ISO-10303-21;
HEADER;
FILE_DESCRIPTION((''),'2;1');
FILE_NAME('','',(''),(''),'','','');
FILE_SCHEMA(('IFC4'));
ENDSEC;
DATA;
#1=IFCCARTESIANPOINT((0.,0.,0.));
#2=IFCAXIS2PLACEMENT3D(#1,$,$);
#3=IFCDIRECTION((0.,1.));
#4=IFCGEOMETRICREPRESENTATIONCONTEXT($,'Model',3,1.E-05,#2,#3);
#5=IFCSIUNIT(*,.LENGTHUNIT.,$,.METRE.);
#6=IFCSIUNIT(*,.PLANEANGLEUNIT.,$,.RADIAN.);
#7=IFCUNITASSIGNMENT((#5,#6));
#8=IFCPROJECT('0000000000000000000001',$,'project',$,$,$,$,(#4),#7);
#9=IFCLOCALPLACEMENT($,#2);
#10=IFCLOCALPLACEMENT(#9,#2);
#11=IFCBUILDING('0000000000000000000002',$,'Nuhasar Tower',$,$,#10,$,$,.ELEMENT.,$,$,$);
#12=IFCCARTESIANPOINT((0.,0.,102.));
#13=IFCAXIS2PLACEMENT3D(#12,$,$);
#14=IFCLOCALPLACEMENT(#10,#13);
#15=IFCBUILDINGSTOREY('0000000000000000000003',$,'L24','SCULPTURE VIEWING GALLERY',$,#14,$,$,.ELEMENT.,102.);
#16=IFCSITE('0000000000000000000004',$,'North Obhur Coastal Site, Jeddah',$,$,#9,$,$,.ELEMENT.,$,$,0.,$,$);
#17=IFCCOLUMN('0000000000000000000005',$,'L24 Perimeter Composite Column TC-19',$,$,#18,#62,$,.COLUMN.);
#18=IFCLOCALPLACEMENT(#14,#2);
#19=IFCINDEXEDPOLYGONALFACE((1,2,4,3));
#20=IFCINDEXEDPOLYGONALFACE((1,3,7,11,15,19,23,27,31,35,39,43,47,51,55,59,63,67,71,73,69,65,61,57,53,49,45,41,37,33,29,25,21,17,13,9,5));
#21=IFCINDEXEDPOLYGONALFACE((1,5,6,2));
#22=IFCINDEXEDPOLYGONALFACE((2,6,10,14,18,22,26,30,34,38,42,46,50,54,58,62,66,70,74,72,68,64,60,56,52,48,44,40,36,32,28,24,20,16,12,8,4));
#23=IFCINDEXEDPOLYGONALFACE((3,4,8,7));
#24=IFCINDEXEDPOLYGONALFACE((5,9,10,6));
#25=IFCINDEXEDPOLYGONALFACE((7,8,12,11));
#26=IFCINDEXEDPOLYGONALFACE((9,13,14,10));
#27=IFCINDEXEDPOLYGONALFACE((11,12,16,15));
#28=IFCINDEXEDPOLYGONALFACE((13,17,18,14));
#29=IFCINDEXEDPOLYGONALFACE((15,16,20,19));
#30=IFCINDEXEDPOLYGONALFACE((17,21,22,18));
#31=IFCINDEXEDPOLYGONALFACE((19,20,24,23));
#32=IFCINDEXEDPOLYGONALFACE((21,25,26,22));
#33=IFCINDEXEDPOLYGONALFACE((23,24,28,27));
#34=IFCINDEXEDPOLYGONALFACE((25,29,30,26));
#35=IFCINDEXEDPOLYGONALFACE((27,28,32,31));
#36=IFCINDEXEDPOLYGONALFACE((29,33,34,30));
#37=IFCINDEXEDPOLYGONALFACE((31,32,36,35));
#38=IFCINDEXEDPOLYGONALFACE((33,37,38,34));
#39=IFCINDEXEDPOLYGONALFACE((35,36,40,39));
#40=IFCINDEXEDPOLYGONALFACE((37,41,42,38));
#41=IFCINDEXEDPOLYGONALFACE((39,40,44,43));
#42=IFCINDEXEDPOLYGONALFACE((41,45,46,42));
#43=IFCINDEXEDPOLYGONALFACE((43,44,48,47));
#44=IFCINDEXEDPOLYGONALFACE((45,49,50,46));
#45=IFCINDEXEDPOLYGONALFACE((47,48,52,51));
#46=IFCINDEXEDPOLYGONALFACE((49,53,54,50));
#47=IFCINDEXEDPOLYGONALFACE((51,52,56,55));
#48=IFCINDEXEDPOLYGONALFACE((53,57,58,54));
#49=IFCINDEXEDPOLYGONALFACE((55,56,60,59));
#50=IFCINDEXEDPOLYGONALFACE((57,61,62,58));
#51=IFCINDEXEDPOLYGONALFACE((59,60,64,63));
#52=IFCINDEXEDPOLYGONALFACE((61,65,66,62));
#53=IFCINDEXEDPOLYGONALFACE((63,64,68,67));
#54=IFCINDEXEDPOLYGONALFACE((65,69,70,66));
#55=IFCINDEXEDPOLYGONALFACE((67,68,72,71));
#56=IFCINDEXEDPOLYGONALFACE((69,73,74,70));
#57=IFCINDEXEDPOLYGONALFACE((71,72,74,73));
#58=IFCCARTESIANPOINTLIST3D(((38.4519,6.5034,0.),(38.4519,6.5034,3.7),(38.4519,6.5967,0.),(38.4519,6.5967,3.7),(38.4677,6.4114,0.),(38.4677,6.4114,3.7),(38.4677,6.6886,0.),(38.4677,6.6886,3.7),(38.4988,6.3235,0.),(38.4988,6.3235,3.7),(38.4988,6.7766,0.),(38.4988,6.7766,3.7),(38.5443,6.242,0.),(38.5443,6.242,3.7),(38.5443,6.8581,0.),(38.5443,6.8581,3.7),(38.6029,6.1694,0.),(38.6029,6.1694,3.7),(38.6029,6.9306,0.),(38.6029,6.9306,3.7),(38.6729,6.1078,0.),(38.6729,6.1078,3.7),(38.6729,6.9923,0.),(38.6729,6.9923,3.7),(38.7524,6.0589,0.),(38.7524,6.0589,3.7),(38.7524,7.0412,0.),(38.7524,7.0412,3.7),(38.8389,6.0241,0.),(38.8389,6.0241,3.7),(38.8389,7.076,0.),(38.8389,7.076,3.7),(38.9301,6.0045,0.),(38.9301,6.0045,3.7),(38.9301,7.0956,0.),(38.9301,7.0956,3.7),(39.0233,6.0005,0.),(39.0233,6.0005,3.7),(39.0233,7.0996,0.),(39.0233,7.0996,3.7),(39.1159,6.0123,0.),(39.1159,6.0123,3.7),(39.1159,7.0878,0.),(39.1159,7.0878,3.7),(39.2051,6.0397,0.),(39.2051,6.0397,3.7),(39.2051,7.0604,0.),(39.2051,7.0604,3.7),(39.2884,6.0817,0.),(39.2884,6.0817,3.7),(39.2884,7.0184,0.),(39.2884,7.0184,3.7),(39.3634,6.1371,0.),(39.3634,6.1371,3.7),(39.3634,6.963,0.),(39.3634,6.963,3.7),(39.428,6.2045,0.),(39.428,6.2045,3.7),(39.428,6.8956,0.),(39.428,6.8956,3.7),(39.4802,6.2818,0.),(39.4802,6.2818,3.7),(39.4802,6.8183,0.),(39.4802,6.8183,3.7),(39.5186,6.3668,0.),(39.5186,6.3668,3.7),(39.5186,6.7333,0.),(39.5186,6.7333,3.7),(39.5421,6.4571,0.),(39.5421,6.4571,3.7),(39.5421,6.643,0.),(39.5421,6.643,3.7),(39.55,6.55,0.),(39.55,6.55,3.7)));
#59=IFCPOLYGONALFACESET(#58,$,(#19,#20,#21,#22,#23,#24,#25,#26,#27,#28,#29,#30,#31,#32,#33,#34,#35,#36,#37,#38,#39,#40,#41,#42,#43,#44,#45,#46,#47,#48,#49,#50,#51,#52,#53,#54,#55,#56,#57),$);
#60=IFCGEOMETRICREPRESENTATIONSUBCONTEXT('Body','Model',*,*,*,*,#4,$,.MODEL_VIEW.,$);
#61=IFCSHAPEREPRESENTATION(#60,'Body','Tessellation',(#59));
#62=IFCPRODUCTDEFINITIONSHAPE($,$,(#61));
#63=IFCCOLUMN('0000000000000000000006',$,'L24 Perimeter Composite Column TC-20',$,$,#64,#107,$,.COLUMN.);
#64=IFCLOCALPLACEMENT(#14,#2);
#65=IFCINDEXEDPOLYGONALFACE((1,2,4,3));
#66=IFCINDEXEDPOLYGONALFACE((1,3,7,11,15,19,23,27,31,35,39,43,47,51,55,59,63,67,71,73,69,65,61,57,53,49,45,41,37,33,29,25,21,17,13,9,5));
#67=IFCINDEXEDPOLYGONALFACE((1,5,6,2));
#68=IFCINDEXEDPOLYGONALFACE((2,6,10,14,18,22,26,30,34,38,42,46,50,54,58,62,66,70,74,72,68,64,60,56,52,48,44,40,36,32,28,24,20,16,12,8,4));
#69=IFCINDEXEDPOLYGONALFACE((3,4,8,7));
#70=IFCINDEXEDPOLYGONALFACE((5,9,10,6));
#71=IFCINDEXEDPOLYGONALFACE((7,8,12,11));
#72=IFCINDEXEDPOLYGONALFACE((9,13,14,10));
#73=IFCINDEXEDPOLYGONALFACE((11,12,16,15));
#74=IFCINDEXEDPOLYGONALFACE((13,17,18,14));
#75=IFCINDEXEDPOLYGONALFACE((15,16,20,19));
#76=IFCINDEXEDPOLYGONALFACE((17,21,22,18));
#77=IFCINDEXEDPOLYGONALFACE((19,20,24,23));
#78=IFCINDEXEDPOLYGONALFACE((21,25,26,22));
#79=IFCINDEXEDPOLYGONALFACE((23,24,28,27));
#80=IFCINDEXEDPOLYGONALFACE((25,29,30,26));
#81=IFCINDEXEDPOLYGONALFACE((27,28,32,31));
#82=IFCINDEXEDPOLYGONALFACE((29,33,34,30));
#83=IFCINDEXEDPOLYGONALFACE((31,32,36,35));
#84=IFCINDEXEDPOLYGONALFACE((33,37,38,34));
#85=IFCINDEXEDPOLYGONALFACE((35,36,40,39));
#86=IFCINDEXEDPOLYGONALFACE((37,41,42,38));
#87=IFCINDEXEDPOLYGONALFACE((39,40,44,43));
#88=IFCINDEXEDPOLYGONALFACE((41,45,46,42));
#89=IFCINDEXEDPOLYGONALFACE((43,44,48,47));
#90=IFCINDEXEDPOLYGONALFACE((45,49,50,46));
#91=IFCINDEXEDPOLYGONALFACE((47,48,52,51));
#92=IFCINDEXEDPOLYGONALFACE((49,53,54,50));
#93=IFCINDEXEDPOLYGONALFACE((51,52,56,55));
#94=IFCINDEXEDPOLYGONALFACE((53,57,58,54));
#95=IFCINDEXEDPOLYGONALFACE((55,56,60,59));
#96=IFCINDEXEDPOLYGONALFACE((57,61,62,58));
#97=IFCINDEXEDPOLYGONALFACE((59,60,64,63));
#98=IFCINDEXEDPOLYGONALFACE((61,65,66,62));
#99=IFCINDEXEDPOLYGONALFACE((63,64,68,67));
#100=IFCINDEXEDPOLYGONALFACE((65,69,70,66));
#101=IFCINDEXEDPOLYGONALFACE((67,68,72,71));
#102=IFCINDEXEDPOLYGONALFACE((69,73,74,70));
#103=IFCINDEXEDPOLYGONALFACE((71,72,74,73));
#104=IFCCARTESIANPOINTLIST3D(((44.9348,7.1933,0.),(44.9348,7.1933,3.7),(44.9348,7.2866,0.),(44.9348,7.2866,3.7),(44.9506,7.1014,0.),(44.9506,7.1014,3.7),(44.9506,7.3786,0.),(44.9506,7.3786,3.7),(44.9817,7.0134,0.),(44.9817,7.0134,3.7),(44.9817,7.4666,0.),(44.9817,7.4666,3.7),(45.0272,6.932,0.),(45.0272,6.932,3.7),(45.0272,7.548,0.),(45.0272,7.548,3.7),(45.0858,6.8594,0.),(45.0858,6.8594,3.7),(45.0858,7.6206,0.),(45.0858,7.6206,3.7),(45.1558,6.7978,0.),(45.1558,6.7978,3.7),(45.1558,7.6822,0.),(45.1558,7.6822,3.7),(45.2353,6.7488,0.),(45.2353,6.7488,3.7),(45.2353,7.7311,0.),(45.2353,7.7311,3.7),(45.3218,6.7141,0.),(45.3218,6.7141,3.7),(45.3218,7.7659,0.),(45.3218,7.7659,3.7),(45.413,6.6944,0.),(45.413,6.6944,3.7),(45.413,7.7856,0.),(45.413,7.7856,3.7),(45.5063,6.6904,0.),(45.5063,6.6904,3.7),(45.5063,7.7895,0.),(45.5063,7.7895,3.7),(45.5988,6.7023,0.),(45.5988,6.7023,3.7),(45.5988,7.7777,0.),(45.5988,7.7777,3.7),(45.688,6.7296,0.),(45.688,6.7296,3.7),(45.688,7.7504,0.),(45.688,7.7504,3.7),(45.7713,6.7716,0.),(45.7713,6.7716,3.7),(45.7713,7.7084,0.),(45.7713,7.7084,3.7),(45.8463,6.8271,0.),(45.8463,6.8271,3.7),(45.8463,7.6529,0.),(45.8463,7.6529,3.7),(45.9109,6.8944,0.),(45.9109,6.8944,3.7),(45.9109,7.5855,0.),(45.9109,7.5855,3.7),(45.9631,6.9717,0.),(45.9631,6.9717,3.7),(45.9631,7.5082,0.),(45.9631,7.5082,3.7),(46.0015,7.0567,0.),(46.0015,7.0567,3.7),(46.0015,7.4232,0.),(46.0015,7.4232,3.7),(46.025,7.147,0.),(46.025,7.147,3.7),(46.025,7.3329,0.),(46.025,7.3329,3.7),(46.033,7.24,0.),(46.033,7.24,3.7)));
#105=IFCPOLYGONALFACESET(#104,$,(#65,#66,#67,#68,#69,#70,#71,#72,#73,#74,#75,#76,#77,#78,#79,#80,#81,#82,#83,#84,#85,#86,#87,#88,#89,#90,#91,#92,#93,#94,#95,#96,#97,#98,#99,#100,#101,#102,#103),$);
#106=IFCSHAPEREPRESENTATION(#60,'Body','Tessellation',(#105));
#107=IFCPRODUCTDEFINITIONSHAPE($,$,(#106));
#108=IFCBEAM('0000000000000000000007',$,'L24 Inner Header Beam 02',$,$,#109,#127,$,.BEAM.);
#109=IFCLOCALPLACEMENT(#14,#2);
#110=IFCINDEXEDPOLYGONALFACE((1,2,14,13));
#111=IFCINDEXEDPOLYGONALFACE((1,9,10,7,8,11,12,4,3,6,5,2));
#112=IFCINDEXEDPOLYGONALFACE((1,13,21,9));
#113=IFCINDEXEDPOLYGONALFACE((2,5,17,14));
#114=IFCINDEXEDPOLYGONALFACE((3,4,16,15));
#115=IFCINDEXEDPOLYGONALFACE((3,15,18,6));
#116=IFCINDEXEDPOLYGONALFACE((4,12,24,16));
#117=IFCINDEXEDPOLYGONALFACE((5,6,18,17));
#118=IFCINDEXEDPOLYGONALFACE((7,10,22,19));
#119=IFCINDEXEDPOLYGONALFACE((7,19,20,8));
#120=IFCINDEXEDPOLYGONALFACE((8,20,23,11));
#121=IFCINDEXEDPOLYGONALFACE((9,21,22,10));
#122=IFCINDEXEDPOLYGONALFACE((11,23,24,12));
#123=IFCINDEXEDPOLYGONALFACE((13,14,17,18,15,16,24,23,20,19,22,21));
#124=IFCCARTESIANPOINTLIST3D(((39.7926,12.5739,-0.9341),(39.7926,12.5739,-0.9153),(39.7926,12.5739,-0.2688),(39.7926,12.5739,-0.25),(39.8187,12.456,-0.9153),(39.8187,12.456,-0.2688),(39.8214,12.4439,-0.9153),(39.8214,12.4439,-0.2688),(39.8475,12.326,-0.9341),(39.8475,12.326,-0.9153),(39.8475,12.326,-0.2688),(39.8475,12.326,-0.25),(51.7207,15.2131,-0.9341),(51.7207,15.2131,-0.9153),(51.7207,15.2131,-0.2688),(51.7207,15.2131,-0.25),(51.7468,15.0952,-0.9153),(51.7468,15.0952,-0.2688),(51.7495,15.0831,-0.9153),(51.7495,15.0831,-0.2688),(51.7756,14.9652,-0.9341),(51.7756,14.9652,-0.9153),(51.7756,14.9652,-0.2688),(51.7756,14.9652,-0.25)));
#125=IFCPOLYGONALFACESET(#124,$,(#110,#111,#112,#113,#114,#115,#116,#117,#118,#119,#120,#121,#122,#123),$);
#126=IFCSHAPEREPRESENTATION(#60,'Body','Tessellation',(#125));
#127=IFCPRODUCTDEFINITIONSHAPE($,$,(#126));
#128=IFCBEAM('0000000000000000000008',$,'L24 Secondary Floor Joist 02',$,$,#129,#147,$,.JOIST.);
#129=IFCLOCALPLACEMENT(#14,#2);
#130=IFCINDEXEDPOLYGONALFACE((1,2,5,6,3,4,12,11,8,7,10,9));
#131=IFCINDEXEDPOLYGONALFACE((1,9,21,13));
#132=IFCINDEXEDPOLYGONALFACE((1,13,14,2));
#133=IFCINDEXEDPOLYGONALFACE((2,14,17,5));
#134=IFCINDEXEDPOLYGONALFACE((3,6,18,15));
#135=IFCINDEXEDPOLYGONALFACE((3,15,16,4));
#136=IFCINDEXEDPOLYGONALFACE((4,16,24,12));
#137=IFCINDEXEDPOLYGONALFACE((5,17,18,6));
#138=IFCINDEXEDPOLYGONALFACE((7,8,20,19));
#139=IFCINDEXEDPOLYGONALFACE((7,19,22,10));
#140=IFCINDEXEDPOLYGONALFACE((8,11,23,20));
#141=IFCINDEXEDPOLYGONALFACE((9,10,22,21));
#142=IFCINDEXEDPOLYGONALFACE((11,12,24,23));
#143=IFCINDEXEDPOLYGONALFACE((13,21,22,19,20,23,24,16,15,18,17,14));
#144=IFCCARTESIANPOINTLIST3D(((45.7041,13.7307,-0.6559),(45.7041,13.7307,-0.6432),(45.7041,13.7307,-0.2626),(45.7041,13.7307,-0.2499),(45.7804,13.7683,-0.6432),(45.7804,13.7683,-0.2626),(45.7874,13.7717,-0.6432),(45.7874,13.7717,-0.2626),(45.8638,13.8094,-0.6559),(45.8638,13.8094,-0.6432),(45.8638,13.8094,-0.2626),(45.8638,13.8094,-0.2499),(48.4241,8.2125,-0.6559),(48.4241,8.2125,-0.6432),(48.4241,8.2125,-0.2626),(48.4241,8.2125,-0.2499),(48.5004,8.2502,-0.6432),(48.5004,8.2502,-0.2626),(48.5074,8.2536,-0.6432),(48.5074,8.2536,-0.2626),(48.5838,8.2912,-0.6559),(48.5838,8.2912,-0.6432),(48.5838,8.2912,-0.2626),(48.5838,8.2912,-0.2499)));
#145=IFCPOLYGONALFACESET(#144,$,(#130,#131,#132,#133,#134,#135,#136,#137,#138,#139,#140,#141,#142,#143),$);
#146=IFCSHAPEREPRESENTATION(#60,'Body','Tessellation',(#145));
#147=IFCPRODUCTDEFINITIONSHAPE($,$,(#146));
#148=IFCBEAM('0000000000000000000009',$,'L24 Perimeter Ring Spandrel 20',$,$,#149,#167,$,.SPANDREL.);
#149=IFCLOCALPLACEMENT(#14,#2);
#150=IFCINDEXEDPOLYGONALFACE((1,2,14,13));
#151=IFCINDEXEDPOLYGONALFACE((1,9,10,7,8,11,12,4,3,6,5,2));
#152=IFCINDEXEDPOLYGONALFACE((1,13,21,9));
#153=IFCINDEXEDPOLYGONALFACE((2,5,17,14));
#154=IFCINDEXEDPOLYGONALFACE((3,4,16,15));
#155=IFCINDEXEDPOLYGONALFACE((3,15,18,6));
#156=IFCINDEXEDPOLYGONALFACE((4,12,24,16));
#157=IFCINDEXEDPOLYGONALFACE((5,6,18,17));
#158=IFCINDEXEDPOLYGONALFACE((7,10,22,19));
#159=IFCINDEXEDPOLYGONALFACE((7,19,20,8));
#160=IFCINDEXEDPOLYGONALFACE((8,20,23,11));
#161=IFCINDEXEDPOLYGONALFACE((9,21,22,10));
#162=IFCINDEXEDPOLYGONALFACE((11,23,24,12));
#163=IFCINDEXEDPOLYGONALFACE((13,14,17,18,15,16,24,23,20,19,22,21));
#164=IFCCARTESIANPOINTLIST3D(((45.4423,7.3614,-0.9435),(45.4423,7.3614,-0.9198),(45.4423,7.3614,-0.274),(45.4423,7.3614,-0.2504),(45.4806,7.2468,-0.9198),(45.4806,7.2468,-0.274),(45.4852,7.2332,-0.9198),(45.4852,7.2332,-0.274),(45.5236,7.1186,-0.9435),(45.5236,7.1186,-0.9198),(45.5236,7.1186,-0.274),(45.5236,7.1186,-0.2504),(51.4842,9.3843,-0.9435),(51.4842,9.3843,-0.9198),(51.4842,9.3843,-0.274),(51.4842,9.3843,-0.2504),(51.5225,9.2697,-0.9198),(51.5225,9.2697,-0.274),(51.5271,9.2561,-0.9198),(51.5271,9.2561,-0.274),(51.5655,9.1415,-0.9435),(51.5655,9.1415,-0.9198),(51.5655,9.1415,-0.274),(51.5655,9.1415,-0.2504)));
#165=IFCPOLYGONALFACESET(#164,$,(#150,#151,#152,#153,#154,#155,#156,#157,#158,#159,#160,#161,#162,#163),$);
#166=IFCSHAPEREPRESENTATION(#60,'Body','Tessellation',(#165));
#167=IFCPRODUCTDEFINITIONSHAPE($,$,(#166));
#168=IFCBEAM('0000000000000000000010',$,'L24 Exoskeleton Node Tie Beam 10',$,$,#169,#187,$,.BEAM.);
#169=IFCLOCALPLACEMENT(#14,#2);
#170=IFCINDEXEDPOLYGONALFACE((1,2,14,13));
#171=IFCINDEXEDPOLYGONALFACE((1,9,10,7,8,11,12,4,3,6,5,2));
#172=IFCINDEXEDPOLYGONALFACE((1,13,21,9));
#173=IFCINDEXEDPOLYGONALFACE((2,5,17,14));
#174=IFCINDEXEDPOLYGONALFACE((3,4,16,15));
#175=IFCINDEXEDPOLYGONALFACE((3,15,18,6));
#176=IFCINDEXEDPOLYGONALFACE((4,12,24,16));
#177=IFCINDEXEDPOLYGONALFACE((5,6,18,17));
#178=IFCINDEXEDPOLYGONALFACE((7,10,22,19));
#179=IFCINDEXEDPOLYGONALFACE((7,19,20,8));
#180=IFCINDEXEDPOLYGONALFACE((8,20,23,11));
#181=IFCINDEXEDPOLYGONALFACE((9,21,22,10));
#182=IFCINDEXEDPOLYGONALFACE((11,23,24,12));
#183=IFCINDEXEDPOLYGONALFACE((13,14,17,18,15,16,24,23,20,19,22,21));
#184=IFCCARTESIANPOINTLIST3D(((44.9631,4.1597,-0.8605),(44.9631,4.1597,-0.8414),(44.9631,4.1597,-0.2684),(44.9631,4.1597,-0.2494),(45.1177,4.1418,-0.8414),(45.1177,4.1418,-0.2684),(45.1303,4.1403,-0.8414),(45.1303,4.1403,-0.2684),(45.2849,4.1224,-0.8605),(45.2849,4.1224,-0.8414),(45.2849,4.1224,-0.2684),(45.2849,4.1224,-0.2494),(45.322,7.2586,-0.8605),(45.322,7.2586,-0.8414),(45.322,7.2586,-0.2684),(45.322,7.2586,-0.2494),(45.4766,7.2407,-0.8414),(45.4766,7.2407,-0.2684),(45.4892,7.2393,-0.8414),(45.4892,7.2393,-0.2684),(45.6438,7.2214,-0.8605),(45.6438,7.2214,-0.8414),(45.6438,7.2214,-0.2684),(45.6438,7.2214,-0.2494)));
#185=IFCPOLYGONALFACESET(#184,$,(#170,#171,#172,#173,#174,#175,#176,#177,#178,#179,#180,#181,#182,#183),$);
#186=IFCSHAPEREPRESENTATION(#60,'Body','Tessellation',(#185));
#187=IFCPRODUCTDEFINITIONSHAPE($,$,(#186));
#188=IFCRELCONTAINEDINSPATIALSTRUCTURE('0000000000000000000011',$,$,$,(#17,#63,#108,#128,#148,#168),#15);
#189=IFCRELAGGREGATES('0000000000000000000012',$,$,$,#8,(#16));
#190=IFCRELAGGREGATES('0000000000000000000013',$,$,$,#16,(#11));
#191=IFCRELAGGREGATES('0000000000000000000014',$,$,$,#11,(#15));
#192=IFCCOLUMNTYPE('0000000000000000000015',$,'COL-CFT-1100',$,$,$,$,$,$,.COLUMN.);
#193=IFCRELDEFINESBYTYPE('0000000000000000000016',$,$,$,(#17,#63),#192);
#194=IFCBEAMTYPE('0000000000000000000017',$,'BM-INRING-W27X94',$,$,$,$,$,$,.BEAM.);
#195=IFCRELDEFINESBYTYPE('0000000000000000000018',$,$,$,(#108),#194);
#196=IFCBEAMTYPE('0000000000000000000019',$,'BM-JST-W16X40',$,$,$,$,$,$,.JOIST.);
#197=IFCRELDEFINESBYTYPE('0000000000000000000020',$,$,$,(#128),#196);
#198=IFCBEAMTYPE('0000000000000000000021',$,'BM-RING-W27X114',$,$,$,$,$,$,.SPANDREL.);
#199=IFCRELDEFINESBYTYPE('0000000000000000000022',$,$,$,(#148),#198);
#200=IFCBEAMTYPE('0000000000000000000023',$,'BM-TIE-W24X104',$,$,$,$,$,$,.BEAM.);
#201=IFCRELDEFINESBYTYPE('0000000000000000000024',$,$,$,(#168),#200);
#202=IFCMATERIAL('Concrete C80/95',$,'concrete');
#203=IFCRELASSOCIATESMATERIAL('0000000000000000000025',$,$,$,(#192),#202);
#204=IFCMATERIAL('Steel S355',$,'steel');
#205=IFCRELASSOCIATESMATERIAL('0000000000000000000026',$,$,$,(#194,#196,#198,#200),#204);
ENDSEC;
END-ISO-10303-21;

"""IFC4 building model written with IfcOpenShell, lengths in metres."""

from ifc_helpers import new_model, si_unit, direction, frame, origin, origin_2d, place, context, subcontext, project, spatial, circle, i_section, extrude, material, material_profile, profile_set, type_object, element, save


model = new_model("IFC4")

# Units and contexts
model_context = context("Model", 3, precision=1e-05, world=origin(), true_north=direction((0.0, 1.0)))
body_context = subcontext(model_context, "Body", "Model", "MODEL_VIEW")
ifc_project = project(units=[si_unit("LENGTHUNIT", "METRE"), si_unit("PLANEANGLEUNIT", "RADIAN")], contexts=[model_context])

# Site, building, storey
site_placement = place(None, origin())
site = spatial("IfcSite", under=ifc_project, at=site_placement, Name="North Obhur Coastal Site, Jeddah", CompositionType="ELEMENT", RefElevation=0.0)
building_placement = place(site_placement, origin())
building = spatial("IfcBuilding", under=site, at=building_placement, Name="Nuhasar Tower", CompositionType="ELEMENT")
storey_placement = place(building_placement, frame((0.0, 0.0, 102.0)))
storey = spatial("IfcBuildingStorey", under=building, at=storey_placement, Name="L24", Description="SCULPTURE VIEWING GALLERY", CompositionType="ELEMENT", Elevation=102.0)

# Columns
ifc_material_1 = material(Name="Concrete C80/95", Category="concrete")
ifc_material_profile_1 = material_profile(ifc_material_1, circle(Radius=0.55, at=origin_2d()), Name="CFT1100")
ifc_profile_set_1 = profile_set([ifc_material_profile_1], Name="Concrete C80/95")
column_type = type_object("IfcColumnType", Name="COL-CFT-1100", PredefinedType="COLUMN", material=ifc_profile_set_1)
for number, where, z_axis, x_axis, name in (
    (1, (39.0, 6.55, 0.0), (0.0, 0.0, 1.0), (1.0, 0.0, 0.0), "L24 Perimeter Composite Column TC-19"),
    (2, (45.4829, 7.24, 0.0), (0.0, 0.0, 1.0), (1.0, 0.0, 0.0), "L24 Perimeter Composite Column TC-20"),
):
    element("IfcColumn", number, at=place(storey_placement, frame(where, z_axis=z_axis, x_axis=x_axis)), inside=storey, type_object=column_type, Name=name, PredefinedType="COLUMN", context=body_context, shape_type="SweptSolid", body=[
        extrude(circle(Radius=0.55, at=origin_2d()), origin(), (0.0, 0.0, 1.0), 3.7),
    ])

# Beams
ifc_material_2 = material(Name="Steel S355", Category="steel")
ifc_material_profile_2 = material_profile(ifc_material_2, i_section(OverallWidth=0.2539, OverallDepth=0.6841, WebThickness=0.0125, FlangeThickness=0.0188, at=origin_2d()), Name="W27X94")
ifc_profile_set_2 = profile_set([ifc_material_profile_2], Name="Steel S355")
beam_type_1 = type_object("IfcBeamType", Name="BM-INRING-W27X94", PredefinedType="BEAM", material=ifc_profile_set_2)
beam_1_placement = place(storey_placement, frame((39.8201, 12.45, -0.592), z_axis=(0.976386, 0.216033, 0.0), x_axis=(-0.216033, 0.976386, 0.0)))
element("IfcBeam", 3, at=beam_1_placement, inside=storey, type_object=beam_type_1, Name="L24 Inner Header Beam 02", PredefinedType="BEAM", context=body_context, shape_type="SweptSolid", body=[
    extrude(i_section(OverallWidth=0.2539, OverallDepth=0.6841, WebThickness=0.0125, FlangeThickness=0.0188, at=origin_2d()), origin(), (0.0, 0.0, 1.0), 12.2166),
])
ifc_material_profile_3 = material_profile(ifc_material_2, i_section(OverallWidth=0.178, OverallDepth=0.406, WebThickness=0.0078, FlangeThickness=0.0127, at=origin_2d()), Name="W16X40")
ifc_profile_set_3 = profile_set([ifc_material_profile_3], Name="Steel S355")
beam_type_2 = type_object("IfcBeamType", Name="BM-JST-W16X40", PredefinedType="JOIST", material=ifc_profile_set_3)
beam_2_placement = place(storey_placement, frame((45.7839, 13.77, -0.4529), z_axis=(0.442127, -0.896953, 0.0), x_axis=(0.896953, 0.442127, 0.0)))
element("IfcBeam", 4, at=beam_2_placement, inside=storey, type_object=beam_type_2, Name="L24 Secondary Floor Joist 02", PredefinedType="JOIST", context=body_context, shape_type="SweptSolid", body=[
    extrude(i_section(OverallWidth=0.178, OverallDepth=0.406, WebThickness=0.0078, FlangeThickness=0.0127, at=origin_2d()), origin(), (0.0, 0.0, 1.0), 6.1521),
])
ifc_material_profile_4 = material_profile(ifc_material_2, i_section(OverallWidth=0.2561, OverallDepth=0.6931, WebThickness=0.0144, FlangeThickness=0.0237, at=origin_2d()), Name="W27X114")
ifc_profile_set_4 = profile_set([ifc_material_profile_4], Name="Steel S355")
beam_type_3 = type_object("IfcBeamType", Name="BM-RING-W27X114", PredefinedType="SPANDREL", material=ifc_profile_set_4)
beam_3_placement = place(storey_placement, frame((45.4829, 7.24, -0.5969), z_axis=(0.948261, 0.317492, 0.0), x_axis=(-0.317492, 0.948261, 0.0)))
element("IfcBeam", 5, at=beam_3_placement, inside=storey, type_object=beam_type_3, Name="L24 Perimeter Ring Spandrel 20", PredefinedType="SPANDREL", context=body_context, shape_type="SweptSolid", body=[
    extrude(i_section(OverallWidth=0.2561, OverallDepth=0.6931, WebThickness=0.0144, FlangeThickness=0.0237, at=origin_2d()), origin(), (0.0, 0.0, 1.0), 6.3716),
])
ifc_material_profile_5 = material_profile(ifc_material_2, i_section(OverallWidth=0.324, OverallDepth=0.6111, WebThickness=0.0127, FlangeThickness=0.019, at=origin_2d()), Name="W24X104")
ifc_profile_set_5 = profile_set([ifc_material_profile_5], Name="Steel S355")
beam_type_4 = type_object("IfcBeamType", Name="BM-TIE-W24X104", PredefinedType="BEAM", material=ifc_profile_set_5)
beam_4_placement = place(storey_placement, frame((45.4829, 7.24, -0.5549), z_axis=(-0.115043, -0.993361, 0.0), x_axis=(0.993361, -0.115043, 0.0)))
element("IfcBeam", 6, at=beam_4_placement, inside=storey, type_object=beam_type_4, Name="L24 Exoskeleton Node Tie Beam 10", PredefinedType="BEAM", context=body_context, shape_type="SweptSolid", body=[
    extrude(i_section(OverallWidth=0.324, OverallDepth=0.6111, WebThickness=0.0127, FlangeThickness=0.019, at=origin_2d()), origin(), (0.0, 0.0, 1.0), 3.1196),
])

save(model, "model.ifc")
